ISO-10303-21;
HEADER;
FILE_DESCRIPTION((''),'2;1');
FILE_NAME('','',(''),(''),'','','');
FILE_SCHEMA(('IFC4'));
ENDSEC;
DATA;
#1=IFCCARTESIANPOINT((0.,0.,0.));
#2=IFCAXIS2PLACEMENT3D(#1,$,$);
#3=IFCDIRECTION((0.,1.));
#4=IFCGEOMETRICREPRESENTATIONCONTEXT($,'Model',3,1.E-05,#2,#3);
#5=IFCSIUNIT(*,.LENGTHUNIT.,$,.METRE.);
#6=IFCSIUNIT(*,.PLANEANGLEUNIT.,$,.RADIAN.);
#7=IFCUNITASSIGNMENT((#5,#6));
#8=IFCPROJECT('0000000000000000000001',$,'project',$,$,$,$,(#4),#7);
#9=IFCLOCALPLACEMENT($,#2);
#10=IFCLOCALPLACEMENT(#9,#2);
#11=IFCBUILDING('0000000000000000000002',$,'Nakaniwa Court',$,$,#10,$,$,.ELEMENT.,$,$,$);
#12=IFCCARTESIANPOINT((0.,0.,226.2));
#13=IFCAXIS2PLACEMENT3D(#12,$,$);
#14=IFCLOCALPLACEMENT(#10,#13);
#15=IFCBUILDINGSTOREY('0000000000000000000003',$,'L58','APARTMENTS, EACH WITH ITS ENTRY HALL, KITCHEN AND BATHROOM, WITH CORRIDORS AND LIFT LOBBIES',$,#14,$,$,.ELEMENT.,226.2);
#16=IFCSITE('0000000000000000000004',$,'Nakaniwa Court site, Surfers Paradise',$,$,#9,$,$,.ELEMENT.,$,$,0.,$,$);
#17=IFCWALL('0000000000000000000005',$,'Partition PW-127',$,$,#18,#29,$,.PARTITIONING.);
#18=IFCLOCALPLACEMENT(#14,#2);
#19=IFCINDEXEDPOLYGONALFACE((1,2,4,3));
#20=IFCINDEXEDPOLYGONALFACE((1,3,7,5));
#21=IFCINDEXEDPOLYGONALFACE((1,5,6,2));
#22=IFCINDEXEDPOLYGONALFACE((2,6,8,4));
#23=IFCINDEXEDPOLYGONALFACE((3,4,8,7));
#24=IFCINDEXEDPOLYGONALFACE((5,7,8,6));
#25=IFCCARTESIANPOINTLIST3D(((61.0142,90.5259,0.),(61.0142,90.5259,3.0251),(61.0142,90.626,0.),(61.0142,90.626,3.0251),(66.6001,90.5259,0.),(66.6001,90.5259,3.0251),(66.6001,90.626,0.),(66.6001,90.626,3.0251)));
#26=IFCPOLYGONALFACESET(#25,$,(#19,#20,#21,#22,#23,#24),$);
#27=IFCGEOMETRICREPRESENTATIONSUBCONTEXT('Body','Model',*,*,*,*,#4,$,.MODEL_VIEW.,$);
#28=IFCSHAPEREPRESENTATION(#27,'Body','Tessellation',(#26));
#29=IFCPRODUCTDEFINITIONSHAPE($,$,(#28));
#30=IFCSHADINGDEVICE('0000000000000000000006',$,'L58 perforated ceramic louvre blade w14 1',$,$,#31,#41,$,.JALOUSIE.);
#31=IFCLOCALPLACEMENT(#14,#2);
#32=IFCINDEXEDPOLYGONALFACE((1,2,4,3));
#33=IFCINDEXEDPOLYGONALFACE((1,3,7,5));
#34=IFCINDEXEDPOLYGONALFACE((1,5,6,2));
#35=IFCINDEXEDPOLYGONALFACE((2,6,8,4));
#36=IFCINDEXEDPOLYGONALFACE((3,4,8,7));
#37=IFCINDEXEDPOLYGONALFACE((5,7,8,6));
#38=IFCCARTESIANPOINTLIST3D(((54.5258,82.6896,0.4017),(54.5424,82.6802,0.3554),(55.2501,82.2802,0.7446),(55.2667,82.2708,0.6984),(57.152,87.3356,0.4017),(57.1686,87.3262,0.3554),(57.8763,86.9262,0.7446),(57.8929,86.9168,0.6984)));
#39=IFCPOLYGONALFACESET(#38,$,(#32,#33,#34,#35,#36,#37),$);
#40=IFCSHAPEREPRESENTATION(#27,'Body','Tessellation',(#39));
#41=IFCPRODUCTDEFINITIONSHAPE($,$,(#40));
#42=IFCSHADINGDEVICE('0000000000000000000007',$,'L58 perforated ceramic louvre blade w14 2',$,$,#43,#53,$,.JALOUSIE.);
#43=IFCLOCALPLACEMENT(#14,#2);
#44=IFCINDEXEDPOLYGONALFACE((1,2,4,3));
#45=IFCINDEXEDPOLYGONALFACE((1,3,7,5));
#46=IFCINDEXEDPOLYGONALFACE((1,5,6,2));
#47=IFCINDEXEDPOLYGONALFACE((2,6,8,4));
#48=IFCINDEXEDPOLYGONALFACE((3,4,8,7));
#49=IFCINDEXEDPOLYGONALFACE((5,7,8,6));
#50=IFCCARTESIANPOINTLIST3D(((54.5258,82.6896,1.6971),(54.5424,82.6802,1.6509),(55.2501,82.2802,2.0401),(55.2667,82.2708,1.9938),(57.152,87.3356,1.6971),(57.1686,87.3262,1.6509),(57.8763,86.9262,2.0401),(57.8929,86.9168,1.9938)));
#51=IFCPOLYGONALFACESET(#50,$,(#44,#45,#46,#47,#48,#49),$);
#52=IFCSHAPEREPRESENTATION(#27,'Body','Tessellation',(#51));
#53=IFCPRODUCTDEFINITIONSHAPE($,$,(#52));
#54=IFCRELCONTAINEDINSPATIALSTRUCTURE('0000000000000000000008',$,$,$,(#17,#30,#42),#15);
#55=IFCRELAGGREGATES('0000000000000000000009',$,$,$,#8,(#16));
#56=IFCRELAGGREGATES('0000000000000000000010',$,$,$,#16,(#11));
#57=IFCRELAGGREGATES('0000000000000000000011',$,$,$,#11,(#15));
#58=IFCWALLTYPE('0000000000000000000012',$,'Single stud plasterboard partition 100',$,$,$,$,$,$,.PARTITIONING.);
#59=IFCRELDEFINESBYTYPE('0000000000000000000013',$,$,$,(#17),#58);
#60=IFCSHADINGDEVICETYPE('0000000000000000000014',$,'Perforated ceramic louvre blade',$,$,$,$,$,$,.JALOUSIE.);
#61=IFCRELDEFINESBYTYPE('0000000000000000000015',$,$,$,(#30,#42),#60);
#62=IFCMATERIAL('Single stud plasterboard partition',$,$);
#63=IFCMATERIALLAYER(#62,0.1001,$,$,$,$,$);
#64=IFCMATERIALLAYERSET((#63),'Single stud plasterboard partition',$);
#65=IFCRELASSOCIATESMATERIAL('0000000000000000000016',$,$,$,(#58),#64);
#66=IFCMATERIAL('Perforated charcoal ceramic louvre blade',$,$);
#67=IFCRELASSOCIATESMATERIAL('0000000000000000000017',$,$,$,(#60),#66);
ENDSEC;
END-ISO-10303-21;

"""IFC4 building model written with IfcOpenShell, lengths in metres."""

from ifc_helpers import new_model, si_unit, direction, frame, frame_2d, origin, origin_2d, place, context, subcontext, project, spatial, rectangle, extrude, material, layer, layer_set, material_profile, profile_set, type_object, element, save


model = new_model("IFC4")

# Units and contexts
model_context = context("Model", 3, precision=1e-05, world=origin(), true_north=direction((0.0, 1.0)))
body_context = subcontext(model_context, "Body", "Model", "MODEL_VIEW")
ifc_project = project(units=[si_unit("LENGTHUNIT", "METRE"), si_unit("PLANEANGLEUNIT", "RADIAN")], contexts=[model_context])

# Site, building, storey
site_placement = place(None, origin())
site = spatial("IfcSite", under=ifc_project, at=site_placement, Name="Nakaniwa Court site, Surfers Paradise", CompositionType="ELEMENT", RefElevation=0.0)
building_placement = place(site_placement, origin())
building = spatial("IfcBuilding", under=site, at=building_placement, Name="Nakaniwa Court", CompositionType="ELEMENT")
storey_placement = place(building_placement, frame((0.0, 0.0, 226.2)))
storey = spatial("IfcBuildingStorey", under=building, at=storey_placement, Name="L58", Description="APARTMENTS, EACH WITH ITS ENTRY HALL, KITCHEN AND BATHROOM, WITH CORRIDORS AND LIFT LOBBIES", CompositionType="ELEMENT", Elevation=226.2)

# Wall
ifc_material_1 = material(Name="Single stud plasterboard partition")
ifc_layer_1 = layer(ifc_material_1, 0.1001)
ifc_layer_set_1 = layer_set([ifc_layer_1], Name="Single stud plasterboard partition")
wall_type_1 = type_object("IfcWallType", Name="Single stud plasterboard partition 100", PredefinedType="PARTITIONING", material=ifc_layer_set_1)
wall_1_placement = place(storey_placement, frame((61.0142, 90.5759, 0.0), z_axis=(0.0, 0.0, 1.0), x_axis=(1.0, 0.0, 0.0)))
element("IfcWall", 1, at=wall_1_placement, inside=storey, type_object=wall_type_1, Name="Partition PW-127", PredefinedType="PARTITIONING", context=body_context, shape_type="SweptSolid", body=[
    extrude(rectangle(XDim=5.5859, YDim=0.1001, at=frame_2d((2.793, 0.0))), origin(), (0.0, 0.0, 1.0), 3.0251),
])

# Shading devices
ifc_material_2 = material(Name="Perforated charcoal ceramic louvre blade")
ifc_material_profile_1 = material_profile(ifc_material_2, rectangle(XDim=0.8999, YDim=0.05, at=origin_2d()), Name="Perforated ceramic louvre blade")
ifc_profile_set_1 = profile_set([ifc_material_profile_1], Name="Perforated charcoal ceramic louvre blade")
shading_device_type = type_object("IfcShadingDeviceType", Name="Perforated ceramic louvre blade", PredefinedType="JALOUSIE", material=ifc_profile_set_1)
for number, where, z_axis, x_axis, name in (
    (2, (57.5225, 87.1262, 0.55), (-0.492089, -0.870545, 0.0), (0.804859, -0.454959, 0.38107), "L58 perforated ceramic louvre blade w14 1"),
    (3, (57.5225, 87.1262, 1.8455), (-0.492089, -0.870545, 0.0), (0.804859, -0.454959, 0.38107), "L58 perforated ceramic louvre blade w14 2"),
):
    element("IfcShadingDevice", number, at=place(storey_placement, frame(where, z_axis=z_axis, x_axis=x_axis)), inside=storey, type_object=shading_device_type, Name=name, PredefinedType="JALOUSIE", context=body_context, shape_type="SweptSolid", body=[
        extrude(rectangle(XDim=0.8999, YDim=0.05, at=origin_2d()), origin(), (0.0, 0.0, 1.0), 5.3369),
    ])

save(model, "model.ifc")
